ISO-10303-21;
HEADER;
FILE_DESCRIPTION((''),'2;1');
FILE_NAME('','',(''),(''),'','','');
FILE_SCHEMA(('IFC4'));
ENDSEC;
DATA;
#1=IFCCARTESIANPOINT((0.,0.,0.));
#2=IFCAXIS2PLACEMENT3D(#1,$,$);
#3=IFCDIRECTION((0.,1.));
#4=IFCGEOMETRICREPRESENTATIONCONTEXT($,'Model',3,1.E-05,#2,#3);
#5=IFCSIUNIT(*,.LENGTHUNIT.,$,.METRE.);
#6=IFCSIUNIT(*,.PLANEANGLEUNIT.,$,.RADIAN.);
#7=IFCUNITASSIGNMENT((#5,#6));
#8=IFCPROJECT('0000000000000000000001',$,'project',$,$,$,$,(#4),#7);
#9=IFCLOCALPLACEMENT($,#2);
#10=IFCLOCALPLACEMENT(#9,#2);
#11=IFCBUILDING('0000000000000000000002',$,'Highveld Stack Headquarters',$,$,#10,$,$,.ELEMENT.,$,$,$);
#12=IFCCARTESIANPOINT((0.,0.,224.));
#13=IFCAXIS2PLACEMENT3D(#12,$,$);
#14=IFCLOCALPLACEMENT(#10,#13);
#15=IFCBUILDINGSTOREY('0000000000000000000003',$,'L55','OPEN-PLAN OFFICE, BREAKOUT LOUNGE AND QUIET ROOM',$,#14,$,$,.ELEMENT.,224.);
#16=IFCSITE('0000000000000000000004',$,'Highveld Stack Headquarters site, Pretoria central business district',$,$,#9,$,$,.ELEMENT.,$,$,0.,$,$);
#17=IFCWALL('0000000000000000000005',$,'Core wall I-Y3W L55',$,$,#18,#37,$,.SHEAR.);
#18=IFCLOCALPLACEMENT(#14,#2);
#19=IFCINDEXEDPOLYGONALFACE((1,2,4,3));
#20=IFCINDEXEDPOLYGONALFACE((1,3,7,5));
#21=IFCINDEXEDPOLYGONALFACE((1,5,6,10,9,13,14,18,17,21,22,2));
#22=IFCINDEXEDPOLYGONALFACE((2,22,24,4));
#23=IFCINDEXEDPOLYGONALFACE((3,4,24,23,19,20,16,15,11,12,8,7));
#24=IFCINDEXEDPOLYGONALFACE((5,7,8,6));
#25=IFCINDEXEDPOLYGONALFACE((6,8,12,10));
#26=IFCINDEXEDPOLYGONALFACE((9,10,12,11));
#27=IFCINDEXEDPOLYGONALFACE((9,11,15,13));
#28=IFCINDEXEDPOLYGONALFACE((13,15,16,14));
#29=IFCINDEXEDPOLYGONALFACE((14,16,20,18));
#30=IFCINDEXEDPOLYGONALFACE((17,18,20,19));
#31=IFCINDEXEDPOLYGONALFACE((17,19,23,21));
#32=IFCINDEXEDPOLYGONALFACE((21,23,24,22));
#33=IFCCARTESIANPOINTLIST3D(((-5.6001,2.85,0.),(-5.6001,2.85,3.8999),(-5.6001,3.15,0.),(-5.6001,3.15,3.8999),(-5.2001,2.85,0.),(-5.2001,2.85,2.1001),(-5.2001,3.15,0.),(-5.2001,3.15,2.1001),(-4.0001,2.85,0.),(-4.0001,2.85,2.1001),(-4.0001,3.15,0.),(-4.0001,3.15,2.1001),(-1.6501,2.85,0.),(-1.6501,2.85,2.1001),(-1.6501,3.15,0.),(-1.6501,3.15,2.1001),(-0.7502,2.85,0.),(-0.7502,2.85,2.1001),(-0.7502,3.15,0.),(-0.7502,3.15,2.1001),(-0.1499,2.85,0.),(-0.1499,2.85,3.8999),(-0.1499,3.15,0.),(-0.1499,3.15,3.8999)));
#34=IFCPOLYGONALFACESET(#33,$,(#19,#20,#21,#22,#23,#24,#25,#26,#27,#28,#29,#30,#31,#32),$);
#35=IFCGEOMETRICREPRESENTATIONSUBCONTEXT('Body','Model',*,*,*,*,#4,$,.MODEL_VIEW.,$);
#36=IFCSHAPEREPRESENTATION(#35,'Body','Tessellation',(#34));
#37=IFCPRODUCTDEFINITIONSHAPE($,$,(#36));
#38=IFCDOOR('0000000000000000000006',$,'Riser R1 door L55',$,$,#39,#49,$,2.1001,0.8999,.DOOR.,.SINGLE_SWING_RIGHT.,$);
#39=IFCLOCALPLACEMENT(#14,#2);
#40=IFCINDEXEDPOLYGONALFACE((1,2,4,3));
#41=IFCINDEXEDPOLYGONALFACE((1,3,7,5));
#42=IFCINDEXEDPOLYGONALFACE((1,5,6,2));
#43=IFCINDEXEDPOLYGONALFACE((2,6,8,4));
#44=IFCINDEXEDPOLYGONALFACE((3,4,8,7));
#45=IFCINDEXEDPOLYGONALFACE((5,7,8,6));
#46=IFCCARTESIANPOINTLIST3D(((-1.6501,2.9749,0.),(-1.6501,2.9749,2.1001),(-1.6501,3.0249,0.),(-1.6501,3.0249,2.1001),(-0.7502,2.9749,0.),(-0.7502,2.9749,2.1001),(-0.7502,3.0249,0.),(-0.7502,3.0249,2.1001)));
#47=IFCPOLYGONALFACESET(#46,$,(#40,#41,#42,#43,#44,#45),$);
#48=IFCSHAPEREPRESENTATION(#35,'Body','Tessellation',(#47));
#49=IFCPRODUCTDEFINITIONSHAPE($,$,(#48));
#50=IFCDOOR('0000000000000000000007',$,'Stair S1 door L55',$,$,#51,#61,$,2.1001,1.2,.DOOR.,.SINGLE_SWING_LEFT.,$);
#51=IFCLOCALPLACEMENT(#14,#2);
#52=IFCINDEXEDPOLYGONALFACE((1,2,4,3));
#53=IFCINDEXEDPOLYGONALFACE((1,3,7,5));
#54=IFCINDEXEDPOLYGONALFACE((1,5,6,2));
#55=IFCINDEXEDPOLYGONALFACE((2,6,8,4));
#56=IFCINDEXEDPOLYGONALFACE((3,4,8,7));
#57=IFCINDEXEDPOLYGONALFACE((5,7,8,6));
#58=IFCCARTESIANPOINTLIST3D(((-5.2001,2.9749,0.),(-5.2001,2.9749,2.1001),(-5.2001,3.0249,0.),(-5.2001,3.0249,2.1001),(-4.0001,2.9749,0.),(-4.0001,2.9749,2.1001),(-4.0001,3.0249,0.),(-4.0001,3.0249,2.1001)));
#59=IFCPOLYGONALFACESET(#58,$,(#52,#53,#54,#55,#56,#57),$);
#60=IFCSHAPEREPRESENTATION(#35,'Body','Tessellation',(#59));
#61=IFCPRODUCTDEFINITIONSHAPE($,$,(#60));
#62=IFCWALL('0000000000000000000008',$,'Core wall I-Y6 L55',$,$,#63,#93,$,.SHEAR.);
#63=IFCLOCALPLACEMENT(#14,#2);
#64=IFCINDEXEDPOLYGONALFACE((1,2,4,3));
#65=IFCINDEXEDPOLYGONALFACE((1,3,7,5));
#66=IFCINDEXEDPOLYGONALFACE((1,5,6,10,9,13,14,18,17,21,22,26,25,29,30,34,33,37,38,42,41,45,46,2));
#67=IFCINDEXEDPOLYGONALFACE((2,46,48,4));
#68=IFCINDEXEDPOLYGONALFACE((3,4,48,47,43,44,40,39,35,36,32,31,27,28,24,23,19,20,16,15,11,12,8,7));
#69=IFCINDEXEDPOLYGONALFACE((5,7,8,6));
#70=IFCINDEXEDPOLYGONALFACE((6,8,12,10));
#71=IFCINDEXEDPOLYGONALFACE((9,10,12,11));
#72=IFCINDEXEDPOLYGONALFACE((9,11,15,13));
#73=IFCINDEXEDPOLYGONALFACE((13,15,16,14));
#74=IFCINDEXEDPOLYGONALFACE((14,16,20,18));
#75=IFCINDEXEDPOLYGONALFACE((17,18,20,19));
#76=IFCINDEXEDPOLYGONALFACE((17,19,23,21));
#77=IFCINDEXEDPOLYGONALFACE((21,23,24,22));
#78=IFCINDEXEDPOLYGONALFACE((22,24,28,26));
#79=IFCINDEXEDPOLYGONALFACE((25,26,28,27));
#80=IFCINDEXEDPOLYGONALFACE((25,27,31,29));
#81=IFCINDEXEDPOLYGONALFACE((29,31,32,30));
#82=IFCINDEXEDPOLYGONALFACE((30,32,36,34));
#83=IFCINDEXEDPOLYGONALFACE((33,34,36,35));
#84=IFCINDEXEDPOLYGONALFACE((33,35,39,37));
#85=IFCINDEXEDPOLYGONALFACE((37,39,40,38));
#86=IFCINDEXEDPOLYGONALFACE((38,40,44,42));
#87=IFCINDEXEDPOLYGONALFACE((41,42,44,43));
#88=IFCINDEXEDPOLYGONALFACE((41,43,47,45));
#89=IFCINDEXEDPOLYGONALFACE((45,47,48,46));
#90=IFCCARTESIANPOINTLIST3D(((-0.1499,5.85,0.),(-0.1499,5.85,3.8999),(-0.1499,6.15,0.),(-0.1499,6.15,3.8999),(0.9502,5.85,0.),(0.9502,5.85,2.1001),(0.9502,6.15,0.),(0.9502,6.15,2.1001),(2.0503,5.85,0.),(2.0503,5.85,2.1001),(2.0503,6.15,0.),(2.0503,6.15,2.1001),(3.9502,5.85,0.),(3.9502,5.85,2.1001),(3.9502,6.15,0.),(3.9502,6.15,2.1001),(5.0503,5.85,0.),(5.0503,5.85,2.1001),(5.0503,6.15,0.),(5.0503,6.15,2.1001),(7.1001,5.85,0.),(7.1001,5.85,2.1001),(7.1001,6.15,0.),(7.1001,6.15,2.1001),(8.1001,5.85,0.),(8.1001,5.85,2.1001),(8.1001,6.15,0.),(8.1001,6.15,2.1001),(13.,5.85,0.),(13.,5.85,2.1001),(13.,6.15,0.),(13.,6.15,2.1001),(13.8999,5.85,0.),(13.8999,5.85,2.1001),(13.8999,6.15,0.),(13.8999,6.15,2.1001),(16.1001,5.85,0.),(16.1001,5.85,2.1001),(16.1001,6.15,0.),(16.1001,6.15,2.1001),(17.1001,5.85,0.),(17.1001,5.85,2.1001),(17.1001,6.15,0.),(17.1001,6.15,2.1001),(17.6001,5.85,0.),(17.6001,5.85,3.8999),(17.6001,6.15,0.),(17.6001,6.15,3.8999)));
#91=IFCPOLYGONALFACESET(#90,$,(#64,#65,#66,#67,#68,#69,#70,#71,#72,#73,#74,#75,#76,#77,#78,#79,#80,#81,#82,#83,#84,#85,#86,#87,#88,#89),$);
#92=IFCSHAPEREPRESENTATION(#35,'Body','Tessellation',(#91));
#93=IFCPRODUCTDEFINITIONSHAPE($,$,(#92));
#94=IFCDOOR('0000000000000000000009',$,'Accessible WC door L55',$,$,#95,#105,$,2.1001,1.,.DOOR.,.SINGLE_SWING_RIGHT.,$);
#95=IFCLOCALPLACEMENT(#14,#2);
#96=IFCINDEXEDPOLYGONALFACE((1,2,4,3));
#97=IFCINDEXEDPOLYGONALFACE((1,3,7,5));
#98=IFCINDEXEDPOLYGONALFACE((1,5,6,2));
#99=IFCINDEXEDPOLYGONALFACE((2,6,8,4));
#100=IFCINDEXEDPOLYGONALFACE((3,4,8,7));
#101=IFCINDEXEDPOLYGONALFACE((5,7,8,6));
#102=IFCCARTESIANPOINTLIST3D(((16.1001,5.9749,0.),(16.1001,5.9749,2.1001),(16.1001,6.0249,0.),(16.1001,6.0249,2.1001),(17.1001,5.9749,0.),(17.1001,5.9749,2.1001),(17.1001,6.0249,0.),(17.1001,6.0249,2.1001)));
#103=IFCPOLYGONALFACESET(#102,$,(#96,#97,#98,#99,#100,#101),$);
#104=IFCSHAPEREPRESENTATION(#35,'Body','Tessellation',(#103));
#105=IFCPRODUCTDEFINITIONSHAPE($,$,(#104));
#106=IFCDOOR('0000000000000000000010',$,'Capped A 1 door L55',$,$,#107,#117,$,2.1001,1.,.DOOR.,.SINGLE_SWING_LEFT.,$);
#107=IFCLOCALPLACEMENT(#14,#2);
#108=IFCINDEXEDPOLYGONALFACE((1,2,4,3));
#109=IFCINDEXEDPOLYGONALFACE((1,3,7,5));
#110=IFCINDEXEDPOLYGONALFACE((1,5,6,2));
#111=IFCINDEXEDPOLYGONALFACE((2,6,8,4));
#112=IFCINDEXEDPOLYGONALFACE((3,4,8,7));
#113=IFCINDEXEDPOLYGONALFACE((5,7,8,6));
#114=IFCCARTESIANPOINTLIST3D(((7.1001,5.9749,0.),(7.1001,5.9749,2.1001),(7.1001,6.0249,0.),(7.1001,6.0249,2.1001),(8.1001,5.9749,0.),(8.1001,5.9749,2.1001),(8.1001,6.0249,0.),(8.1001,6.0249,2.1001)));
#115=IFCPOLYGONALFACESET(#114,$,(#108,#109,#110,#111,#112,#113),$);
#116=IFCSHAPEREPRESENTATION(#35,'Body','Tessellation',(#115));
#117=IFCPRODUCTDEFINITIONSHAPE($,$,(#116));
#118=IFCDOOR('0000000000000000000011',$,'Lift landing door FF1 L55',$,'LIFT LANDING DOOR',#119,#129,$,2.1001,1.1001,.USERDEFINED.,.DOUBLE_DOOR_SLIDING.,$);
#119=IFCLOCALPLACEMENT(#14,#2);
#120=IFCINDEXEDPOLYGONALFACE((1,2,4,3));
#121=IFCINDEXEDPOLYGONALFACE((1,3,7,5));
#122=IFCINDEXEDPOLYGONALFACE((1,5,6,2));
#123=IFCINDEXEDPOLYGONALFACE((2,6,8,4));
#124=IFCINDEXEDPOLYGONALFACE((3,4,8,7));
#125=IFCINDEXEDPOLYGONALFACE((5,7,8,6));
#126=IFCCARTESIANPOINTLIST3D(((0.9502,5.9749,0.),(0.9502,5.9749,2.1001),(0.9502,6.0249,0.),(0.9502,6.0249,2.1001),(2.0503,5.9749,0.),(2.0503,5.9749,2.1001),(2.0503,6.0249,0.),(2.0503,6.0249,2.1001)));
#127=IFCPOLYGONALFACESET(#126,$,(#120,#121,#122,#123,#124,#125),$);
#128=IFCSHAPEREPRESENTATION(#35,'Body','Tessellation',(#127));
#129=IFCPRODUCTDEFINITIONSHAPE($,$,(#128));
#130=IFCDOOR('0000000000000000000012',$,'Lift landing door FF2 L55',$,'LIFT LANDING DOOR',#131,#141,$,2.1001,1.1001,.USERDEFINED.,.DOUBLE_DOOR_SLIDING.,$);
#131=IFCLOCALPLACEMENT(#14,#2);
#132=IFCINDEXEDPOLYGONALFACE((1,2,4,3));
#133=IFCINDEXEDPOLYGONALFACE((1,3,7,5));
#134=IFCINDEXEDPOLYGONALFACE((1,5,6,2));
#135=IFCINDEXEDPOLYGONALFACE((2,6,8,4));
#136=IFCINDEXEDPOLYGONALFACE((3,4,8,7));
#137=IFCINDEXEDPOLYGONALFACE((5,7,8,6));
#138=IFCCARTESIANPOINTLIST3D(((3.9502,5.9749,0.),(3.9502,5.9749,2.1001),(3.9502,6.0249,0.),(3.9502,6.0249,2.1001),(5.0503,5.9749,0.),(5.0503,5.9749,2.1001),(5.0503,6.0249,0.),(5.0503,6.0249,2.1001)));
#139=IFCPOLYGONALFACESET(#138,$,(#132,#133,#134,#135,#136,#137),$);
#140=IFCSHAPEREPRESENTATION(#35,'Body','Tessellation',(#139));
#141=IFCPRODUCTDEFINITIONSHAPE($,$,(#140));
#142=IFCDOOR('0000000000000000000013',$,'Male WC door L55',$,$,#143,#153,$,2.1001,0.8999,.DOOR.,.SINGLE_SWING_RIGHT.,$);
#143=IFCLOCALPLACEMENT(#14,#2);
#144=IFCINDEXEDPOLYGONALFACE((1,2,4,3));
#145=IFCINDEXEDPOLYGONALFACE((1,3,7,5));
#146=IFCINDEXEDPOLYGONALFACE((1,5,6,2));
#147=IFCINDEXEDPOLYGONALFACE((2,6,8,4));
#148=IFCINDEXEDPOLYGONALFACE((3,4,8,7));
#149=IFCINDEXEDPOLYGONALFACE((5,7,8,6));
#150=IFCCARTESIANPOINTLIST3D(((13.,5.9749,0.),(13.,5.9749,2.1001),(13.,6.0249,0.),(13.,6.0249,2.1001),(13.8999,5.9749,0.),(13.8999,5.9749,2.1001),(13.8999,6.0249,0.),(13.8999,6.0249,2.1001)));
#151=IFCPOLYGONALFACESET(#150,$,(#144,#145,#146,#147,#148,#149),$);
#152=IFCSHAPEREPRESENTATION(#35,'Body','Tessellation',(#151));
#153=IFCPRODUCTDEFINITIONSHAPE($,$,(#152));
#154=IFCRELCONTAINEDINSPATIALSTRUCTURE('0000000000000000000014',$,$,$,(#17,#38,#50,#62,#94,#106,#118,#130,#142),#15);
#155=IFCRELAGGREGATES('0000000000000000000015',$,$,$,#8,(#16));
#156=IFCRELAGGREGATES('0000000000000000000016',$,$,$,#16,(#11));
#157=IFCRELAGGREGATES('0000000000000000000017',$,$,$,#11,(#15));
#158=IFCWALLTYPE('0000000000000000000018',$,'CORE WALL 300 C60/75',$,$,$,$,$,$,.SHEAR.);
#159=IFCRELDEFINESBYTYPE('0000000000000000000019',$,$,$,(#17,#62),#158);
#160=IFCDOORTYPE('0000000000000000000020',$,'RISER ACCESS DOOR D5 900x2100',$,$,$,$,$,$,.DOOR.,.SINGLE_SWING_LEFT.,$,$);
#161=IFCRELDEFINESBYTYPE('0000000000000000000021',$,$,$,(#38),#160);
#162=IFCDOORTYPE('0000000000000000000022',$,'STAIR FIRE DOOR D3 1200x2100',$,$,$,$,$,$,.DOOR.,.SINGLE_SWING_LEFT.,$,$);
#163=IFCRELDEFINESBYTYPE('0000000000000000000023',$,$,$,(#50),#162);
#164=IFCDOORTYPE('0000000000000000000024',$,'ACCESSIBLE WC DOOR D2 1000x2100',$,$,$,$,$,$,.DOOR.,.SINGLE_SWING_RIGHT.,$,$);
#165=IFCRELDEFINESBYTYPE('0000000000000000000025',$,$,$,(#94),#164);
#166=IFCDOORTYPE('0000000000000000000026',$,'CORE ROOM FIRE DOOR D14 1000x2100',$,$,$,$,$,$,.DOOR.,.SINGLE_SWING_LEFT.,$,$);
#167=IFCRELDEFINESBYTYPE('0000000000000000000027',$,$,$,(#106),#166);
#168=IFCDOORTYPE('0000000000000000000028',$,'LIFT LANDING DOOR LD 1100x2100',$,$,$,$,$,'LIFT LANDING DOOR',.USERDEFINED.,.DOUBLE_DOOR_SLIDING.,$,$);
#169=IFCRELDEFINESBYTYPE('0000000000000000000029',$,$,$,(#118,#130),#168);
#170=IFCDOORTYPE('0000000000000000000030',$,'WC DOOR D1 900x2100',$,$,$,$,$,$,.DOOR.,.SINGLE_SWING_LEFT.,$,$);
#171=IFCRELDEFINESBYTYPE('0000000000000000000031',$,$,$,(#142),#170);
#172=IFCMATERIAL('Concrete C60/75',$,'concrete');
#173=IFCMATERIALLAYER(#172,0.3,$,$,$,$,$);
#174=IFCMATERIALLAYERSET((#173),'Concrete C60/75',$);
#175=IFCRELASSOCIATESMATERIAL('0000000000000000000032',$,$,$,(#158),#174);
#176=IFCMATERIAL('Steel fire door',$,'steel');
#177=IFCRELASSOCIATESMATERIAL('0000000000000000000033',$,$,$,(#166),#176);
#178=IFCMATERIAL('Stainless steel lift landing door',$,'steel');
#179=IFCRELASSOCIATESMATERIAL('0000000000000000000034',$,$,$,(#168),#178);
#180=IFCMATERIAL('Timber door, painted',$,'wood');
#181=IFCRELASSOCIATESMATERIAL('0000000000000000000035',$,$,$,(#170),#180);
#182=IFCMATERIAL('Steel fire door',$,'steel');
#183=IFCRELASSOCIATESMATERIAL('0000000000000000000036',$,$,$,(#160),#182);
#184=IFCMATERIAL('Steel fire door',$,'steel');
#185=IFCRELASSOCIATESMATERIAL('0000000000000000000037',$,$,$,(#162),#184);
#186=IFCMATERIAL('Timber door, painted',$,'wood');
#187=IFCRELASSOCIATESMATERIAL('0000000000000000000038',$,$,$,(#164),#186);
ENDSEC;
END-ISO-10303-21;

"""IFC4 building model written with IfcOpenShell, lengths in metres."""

from ifc_helpers import new_model, si_unit, direction, frame, frame_2d, origin, place, context, subcontext, project, spatial, rectangle, extrude, material, layer, layer_set, type_object, element, fill, save


model = new_model("IFC4")

# Units and contexts
model_context = context("Model", 3, precision=1e-05, world=origin(), true_north=direction((0.0, 1.0)))
body_context = subcontext(model_context, "Body", "Model", "MODEL_VIEW")
ifc_project = project(units=[si_unit("LENGTHUNIT", "METRE"), si_unit("PLANEANGLEUNIT", "RADIAN")], contexts=[model_context])

# Site, building, storey
site_placement = place(None, origin())
site = spatial("IfcSite", under=ifc_project, at=site_placement, Name="Highveld Stack Headquarters site, Pretoria central business district", CompositionType="ELEMENT", RefElevation=0.0)
building_placement = place(site_placement, origin())
building = spatial("IfcBuilding", under=site, at=building_placement, Name="Highveld Stack Headquarters", CompositionType="ELEMENT")
storey_placement = place(building_placement, frame((0.0, 0.0, 224.0)))
storey = spatial("IfcBuildingStorey", under=building, at=storey_placement, Name="L55", Description="OPEN-PLAN OFFICE, BREAKOUT LOUNGE AND QUIET ROOM", CompositionType="ELEMENT", Elevation=224.0)

# Walls, openings, doors
ifc_material_1 = material(Name="Concrete C60/75", Category="concrete")
ifc_layer = layer(ifc_material_1, 0.3)
ifc_layer_set = layer_set([ifc_layer], Name="Concrete C60/75")
wall_type = type_object("IfcWallType", Name="CORE WALL 300 C60/75", PredefinedType="SHEAR", material=ifc_layer_set)
ifc_material_2 = material(Name="Steel fire door", Category="steel")
door_type_1 = type_object("IfcDoorType", Name="CORE ROOM FIRE DOOR D14 1000x2100", OperationType="SINGLE_SWING_LEFT", PredefinedType="DOOR", material=ifc_material_2)
ifc_material_3 = material(Name="Stainless steel lift landing door", Category="steel")
door_type_2 = type_object("IfcDoorType", Name="LIFT LANDING DOOR LD 1100x2100", ElementType="LIFT LANDING DOOR", OperationType="DOUBLE_DOOR_SLIDING", PredefinedType="USERDEFINED", material=ifc_material_3)
ifc_material_4 = material(Name="Timber door, painted", Category="wood")
door_type_3 = type_object("IfcDoorType", Name="WC DOOR D1 900x2100", OperationType="SINGLE_SWING_LEFT", PredefinedType="DOOR", material=ifc_material_4)
wall_1_placement = place(storey_placement, frame((-5.6001, 3.0, 0.0), z_axis=(0.0, 0.0, 1.0), x_axis=(1.0, 0.0, 0.0)))
wall_1 = element("IfcWall", 1, at=wall_1_placement, inside=storey, type_object=wall_type, Name="Core wall I-Y3W L55", PredefinedType="SHEAR", context=body_context, shape_type="SweptSolid", body=[
    extrude(rectangle(XDim=5.4502, YDim=0.3, at=frame_2d((2.7251, 0.0))), origin(), (0.0, 0.0, 1.0), 3.8999),
])
opening_1_placement = place(wall_1_placement, frame((0.3999, 0.0, 0.0)))
opening_1 = element("IfcOpeningElement", 2, at=opening_1_placement, cuts=wall_1, PredefinedType="OPENING", context=body_context, shape_type="SweptSolid", body=[
    extrude(rectangle(XDim=1.2, YDim=2.1001, at=frame_2d((0.6001, 1.05))), frame((0.0, 0.1599, 0.0), z_axis=(0.0, -1.0, 0.0), x_axis=(1.0, 0.0, 0.0)), (0.0, 0.0, 1.0), 0.3201),
])
opening_2_placement = place(wall_1_placement, frame((3.95, 0.0, 0.0)))
opening_2 = element("IfcOpeningElement", 3, at=opening_2_placement, cuts=wall_1, PredefinedType="OPENING", context=body_context, shape_type="SweptSolid", body=[
    extrude(rectangle(XDim=0.8999, YDim=2.1001, at=frame_2d((0.45, 1.05))), frame((0.0, 0.1599, 0.0), z_axis=(0.0, -1.0, 0.0), x_axis=(1.0, 0.0, 0.0)), (0.0, 0.0, 1.0), 0.3201),
])
ifc_material_5 = material(Name="Steel fire door", Category="steel")
door_type_4 = type_object("IfcDoorType", Name="RISER ACCESS DOOR D5 900x2100", OperationType="SINGLE_SWING_LEFT", PredefinedType="DOOR", material=ifc_material_5)
door_1_placement = place(opening_2_placement, origin())
door_1 = element("IfcDoor", 4, at=door_1_placement, inside=storey, type_object=door_type_4, Name="Riser R1 door L55", OperationType="SINGLE_SWING_RIGHT", OverallHeight=2.1001, OverallWidth=0.8999, PredefinedType="DOOR", context=body_context, shape_type="SweptSolid", body=[
    extrude(rectangle(XDim=0.8999, YDim=2.1001, at=frame_2d((0.45, 1.05))), frame((0.0, 0.0249, 0.0), z_axis=(0.0, -1.0, 0.0), x_axis=(1.0, 0.0, 0.0)), (0.0, 0.0, 1.0), 0.05),
])
fill(opening_2, door_1)
ifc_material_6 = material(Name="Steel fire door", Category="steel")
door_type_5 = type_object("IfcDoorType", Name="STAIR FIRE DOOR D3 1200x2100", OperationType="SINGLE_SWING_LEFT", PredefinedType="DOOR", material=ifc_material_6)
door_2_placement = place(opening_1_placement, origin())
door_2 = element("IfcDoor", 5, at=door_2_placement, inside=storey, type_object=door_type_5, Name="Stair S1 door L55", OperationType="SINGLE_SWING_LEFT", OverallHeight=2.1001, OverallWidth=1.2, PredefinedType="DOOR", context=body_context, shape_type="SweptSolid", body=[
    extrude(rectangle(XDim=1.2, YDim=2.1001, at=frame_2d((0.6001, 1.05))), frame((0.0, 0.0249, 0.0), z_axis=(0.0, -1.0, 0.0), x_axis=(1.0, 0.0, 0.0)), (0.0, 0.0, 1.0), 0.05),
])
fill(opening_1, door_2)
wall_2_placement = place(storey_placement, frame((-0.1499, 6.0, 0.0), z_axis=(0.0, 0.0, 1.0), x_axis=(1.0, 0.0, 0.0)))
wall_2 = element("IfcWall", 6, at=wall_2_placement, inside=storey, type_object=wall_type, Name="Core wall I-Y6 L55", PredefinedType="SHEAR", context=body_context, shape_type="SweptSolid", body=[
    extrude(rectangle(XDim=17.75, YDim=0.3, at=frame_2d((8.875, 0.0))), origin(), (0.0, 0.0, 1.0), 3.8999),
])
opening_3_placement = place(wall_2_placement, frame((13.1499, 0.0, 0.0)))
opening_3 = element("IfcOpeningElement", 7, at=opening_3_placement, cuts=wall_2, PredefinedType="OPENING", context=body_context, shape_type="SweptSolid", body=[
    extrude(rectangle(XDim=0.8999, YDim=2.1001, at=frame_2d((0.45, 1.05))), frame((0.0, 0.1599, 0.0), z_axis=(0.0, -1.0, 0.0), x_axis=(1.0, 0.0, 0.0)), (0.0, 0.0, 1.0), 0.3201),
])
opening_4_placement = place(wall_2_placement, frame((16.25, 0.0, 0.0)))
opening_4 = element("IfcOpeningElement", 8, at=opening_4_placement, cuts=wall_2, PredefinedType="OPENING", context=body_context, shape_type="SweptSolid", body=[
    extrude(rectangle(XDim=1.0, YDim=2.1001, at=frame_2d((0.5, 1.05))), frame((0.0, 0.1599, 0.0), z_axis=(0.0, -1.0, 0.0), x_axis=(1.0, 0.0, 0.0)), (0.0, 0.0, 1.0), 0.3201),
])
opening_5_placement = place(wall_2_placement, frame((7.25, 0.0, 0.0)))
opening_5 = element("IfcOpeningElement", 9, at=opening_5_placement, cuts=wall_2, PredefinedType="OPENING", context=body_context, shape_type="SweptSolid", body=[
    extrude(rectangle(XDim=1.0, YDim=2.1001, at=frame_2d((0.5, 1.05))), frame((0.0, 0.1599, 0.0), z_axis=(0.0, -1.0, 0.0), x_axis=(1.0, 0.0, 0.0)), (0.0, 0.0, 1.0), 0.3201),
])
opening_6_placement = place(wall_2_placement, frame((1.1001, 0.0, 0.0)))
opening_6 = element("IfcOpeningElement", 10, at=opening_6_placement, cuts=wall_2, PredefinedType="OPENING", context=body_context, shape_type="SweptSolid", body=[
    extrude(rectangle(XDim=1.1001, YDim=2.1001, at=frame_2d((0.55, 1.05))), frame((0.0, 0.1599, 0.0), z_axis=(0.0, -1.0, 0.0), x_axis=(1.0, 0.0, 0.0)), (0.0, 0.0, 1.0), 0.3201),
])
opening_7_placement = place(wall_2_placement, frame((4.1001, 0.0, 0.0)))
opening_7 = element("IfcOpeningElement", 11, at=opening_7_placement, cuts=wall_2, PredefinedType="OPENING", context=body_context, shape_type="SweptSolid", body=[
    extrude(rectangle(XDim=1.1001, YDim=2.1001, at=frame_2d((0.55, 1.05))), frame((0.0, 0.1599, 0.0), z_axis=(0.0, -1.0, 0.0), x_axis=(1.0, 0.0, 0.0)), (0.0, 0.0, 1.0), 0.3201),
])
ifc_material_7 = material(Name="Timber door, painted", Category="wood")
door_type_6 = type_object("IfcDoorType", Name="ACCESSIBLE WC DOOR D2 1000x2100", OperationType="SINGLE_SWING_RIGHT", PredefinedType="DOOR", material=ifc_material_7)
door_3_placement = place(opening_4_placement, origin())
door_3 = element("IfcDoor", 12, at=door_3_placement, inside=storey, type_object=door_type_6, Name="Accessible WC door L55", OperationType="SINGLE_SWING_RIGHT", OverallHeight=2.1001, OverallWidth=1.0, PredefinedType="DOOR", context=body_context, shape_type="SweptSolid", body=[
    extrude(rectangle(XDim=1.0, YDim=2.1001, at=frame_2d((0.5, 1.05))), frame((0.0, 0.0249, 0.0), z_axis=(0.0, -1.0, 0.0), x_axis=(1.0, 0.0, 0.0)), (0.0, 0.0, 1.0), 0.05),
])
fill(opening_4, door_3)
door_4_placement = place(opening_5_placement, origin())
door_4 = element("IfcDoor", 13, at=door_4_placement, inside=storey, type_object=door_type_1, Name="Capped A 1 door L55", OperationType="SINGLE_SWING_LEFT", OverallHeight=2.1001, OverallWidth=1.0, PredefinedType="DOOR", context=body_context, shape_type="SweptSolid", body=[
    extrude(rectangle(XDim=1.0, YDim=2.1001, at=frame_2d((0.5, 1.05))), frame((0.0, 0.0249, 0.0), z_axis=(0.0, -1.0, 0.0), x_axis=(1.0, 0.0, 0.0)), (0.0, 0.0, 1.0), 0.05),
])
fill(opening_5, door_4)
door_5_placement = place(opening_6_placement, origin())
door_5 = element("IfcDoor", 14, at=door_5_placement, inside=storey, type_object=door_type_2, Name="Lift landing door FF1 L55", ObjectType="LIFT LANDING DOOR", OperationType="DOUBLE_DOOR_SLIDING", OverallHeight=2.1001, OverallWidth=1.1001, PredefinedType="USERDEFINED", context=body_context, shape_type="SweptSolid", body=[
    extrude(rectangle(XDim=1.1001, YDim=2.1001, at=frame_2d((0.55, 1.05))), frame((0.0, 0.0249, 0.0), z_axis=(0.0, -1.0, 0.0), x_axis=(1.0, 0.0, 0.0)), (0.0, 0.0, 1.0), 0.05),
])
fill(opening_6, door_5)
door_6_placement = place(opening_7_placement, origin())
door_6 = element("IfcDoor", 15, at=door_6_placement, inside=storey, type_object=door_type_2, Name="Lift landing door FF2 L55", ObjectType="LIFT LANDING DOOR", OperationType="DOUBLE_DOOR_SLIDING", OverallHeight=2.1001, OverallWidth=1.1001, PredefinedType="USERDEFINED", context=body_context, shape_type="SweptSolid", body=[
    extrude(rectangle(XDim=1.1001, YDim=2.1001, at=frame_2d((0.55, 1.05))), frame((0.0, 0.0249, 0.0), z_axis=(0.0, -1.0, 0.0), x_axis=(1.0, 0.0, 0.0)), (0.0, 0.0, 1.0), 0.05),
])
fill(opening_7, door_6)
door_7_placement = place(opening_3_placement, origin())
door_7 = element("IfcDoor", 16, at=door_7_placement, inside=storey, type_object=door_type_3, Name="Male WC door L55", OperationType="SINGLE_SWING_RIGHT", OverallHeight=2.1001, OverallWidth=0.8999, PredefinedType="DOOR", context=body_context, shape_type="SweptSolid", body=[
    extrude(rectangle(XDim=0.8999, YDim=2.1001, at=frame_2d((0.45, 1.05))), frame((0.0, 0.0249, 0.0), z_axis=(0.0, -1.0, 0.0), x_axis=(1.0, 0.0, 0.0)), (0.0, 0.0, 1.0), 0.05),
])
fill(opening_3, door_7)

save(model, "model.ifc")
